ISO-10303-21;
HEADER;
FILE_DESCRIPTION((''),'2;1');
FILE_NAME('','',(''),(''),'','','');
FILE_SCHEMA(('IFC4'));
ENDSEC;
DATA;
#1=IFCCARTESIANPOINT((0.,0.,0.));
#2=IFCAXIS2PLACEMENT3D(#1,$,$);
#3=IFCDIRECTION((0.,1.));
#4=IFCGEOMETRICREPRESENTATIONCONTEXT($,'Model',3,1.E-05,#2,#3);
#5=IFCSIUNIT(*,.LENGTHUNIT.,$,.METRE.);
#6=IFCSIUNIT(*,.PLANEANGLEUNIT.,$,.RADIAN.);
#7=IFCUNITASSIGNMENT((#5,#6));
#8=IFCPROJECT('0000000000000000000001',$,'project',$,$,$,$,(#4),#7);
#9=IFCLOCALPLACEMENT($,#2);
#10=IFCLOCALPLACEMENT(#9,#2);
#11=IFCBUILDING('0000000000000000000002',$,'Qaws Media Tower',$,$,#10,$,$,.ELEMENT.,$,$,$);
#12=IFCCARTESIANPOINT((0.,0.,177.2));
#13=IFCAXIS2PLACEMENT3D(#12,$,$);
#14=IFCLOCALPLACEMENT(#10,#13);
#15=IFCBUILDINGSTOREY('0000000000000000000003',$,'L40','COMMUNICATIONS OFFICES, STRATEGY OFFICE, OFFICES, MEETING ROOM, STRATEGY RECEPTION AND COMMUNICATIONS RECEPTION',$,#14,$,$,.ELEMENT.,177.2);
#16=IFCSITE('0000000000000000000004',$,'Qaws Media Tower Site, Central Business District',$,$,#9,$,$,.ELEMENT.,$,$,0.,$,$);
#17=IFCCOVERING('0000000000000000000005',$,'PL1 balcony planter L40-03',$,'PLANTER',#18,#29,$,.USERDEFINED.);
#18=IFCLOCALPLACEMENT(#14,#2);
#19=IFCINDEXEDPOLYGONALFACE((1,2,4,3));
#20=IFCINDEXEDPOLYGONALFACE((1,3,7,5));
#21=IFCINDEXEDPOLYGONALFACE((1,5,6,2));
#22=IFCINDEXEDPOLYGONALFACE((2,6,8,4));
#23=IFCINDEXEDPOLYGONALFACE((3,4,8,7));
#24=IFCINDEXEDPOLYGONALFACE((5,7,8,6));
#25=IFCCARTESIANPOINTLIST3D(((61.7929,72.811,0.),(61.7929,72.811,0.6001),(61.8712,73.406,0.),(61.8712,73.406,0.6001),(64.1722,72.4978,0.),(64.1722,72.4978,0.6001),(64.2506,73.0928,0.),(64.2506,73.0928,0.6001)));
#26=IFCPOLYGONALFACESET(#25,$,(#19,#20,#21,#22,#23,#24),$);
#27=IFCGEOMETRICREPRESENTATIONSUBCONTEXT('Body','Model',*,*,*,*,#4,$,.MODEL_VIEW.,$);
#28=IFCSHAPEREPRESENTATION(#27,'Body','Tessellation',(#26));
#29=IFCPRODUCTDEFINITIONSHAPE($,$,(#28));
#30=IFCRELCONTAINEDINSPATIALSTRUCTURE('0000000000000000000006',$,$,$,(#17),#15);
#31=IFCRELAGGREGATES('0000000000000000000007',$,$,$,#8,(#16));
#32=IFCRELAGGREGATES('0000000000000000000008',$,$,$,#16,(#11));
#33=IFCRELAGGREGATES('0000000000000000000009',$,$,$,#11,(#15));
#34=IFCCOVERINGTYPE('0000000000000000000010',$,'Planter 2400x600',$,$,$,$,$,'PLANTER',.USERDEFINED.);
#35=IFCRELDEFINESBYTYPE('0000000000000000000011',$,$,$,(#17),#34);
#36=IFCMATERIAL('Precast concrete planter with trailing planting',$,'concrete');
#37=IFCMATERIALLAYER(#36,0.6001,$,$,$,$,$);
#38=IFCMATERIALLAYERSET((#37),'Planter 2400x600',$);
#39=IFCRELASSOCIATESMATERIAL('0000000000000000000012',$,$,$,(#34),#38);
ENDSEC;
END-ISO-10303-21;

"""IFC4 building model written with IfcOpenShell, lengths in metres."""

from ifc_helpers import new_model, si_unit, direction, frame, origin, origin_2d, place, context, subcontext, project, spatial, rectangle, extrude, material, layer, layer_set, type_object, element, save


model = new_model("IFC4")

# Units and contexts
model_context = context("Model", 3, precision=1e-05, world=origin(), true_north=direction((0.0, 1.0)))
body_context = subcontext(model_context, "Body", "Model", "MODEL_VIEW")
ifc_project = project(units=[si_unit("LENGTHUNIT", "METRE"), si_unit("PLANEANGLEUNIT", "RADIAN")], contexts=[model_context])

# Site, building, storey
site_placement = place(None, origin())
site = spatial("IfcSite", under=ifc_project, at=site_placement, Name="Qaws Media Tower Site, Central Business District", CompositionType="ELEMENT", RefElevation=0.0)
building_placement = place(site_placement, origin())
building = spatial("IfcBuilding", under=site, at=building_placement, Name="Qaws Media Tower", CompositionType="ELEMENT")
storey_placement = place(building_placement, frame((0.0, 0.0, 177.2)))
storey = spatial("IfcBuildingStorey", under=building, at=storey_placement, Name="L40", Description="COMMUNICATIONS OFFICES, STRATEGY OFFICE, OFFICES, MEETING ROOM, STRATEGY RECEPTION AND COMMUNICATIONS RECEPTION", CompositionType="ELEMENT", Elevation=177.2)

# Covering
ifc_material_1 = material(Name="Precast concrete planter with trailing planting", Category="concrete")
ifc_layer_1 = layer(ifc_material_1, 0.6001)
ifc_layer_set_1 = layer_set([ifc_layer_1], Name="Planter 2400x600")
covering_type = type_object("IfcCoveringType", Name="Planter 2400x600", ElementType="PLANTER", PredefinedType="USERDEFINED", material=ifc_layer_set_1)
covering_placement = place(storey_placement, frame((63.0217, 72.9519, 0.0), z_axis=(0.0, 0.0, 1.0), x_axis=(-0.991445, 0.130526, 0.0)))
element("IfcCovering", 1, at=covering_placement, inside=storey, type_object=covering_type, Name="PL1 balcony planter L40-03", ObjectType="PLANTER", PredefinedType="USERDEFINED", context=body_context, shape_type="SweptSolid", body=[
    extrude(rectangle(XDim=2.3999, YDim=0.6001, at=origin_2d()), origin(), (0.0, 0.0, 1.0), 0.6001),
])

save(model, "model.ifc")
